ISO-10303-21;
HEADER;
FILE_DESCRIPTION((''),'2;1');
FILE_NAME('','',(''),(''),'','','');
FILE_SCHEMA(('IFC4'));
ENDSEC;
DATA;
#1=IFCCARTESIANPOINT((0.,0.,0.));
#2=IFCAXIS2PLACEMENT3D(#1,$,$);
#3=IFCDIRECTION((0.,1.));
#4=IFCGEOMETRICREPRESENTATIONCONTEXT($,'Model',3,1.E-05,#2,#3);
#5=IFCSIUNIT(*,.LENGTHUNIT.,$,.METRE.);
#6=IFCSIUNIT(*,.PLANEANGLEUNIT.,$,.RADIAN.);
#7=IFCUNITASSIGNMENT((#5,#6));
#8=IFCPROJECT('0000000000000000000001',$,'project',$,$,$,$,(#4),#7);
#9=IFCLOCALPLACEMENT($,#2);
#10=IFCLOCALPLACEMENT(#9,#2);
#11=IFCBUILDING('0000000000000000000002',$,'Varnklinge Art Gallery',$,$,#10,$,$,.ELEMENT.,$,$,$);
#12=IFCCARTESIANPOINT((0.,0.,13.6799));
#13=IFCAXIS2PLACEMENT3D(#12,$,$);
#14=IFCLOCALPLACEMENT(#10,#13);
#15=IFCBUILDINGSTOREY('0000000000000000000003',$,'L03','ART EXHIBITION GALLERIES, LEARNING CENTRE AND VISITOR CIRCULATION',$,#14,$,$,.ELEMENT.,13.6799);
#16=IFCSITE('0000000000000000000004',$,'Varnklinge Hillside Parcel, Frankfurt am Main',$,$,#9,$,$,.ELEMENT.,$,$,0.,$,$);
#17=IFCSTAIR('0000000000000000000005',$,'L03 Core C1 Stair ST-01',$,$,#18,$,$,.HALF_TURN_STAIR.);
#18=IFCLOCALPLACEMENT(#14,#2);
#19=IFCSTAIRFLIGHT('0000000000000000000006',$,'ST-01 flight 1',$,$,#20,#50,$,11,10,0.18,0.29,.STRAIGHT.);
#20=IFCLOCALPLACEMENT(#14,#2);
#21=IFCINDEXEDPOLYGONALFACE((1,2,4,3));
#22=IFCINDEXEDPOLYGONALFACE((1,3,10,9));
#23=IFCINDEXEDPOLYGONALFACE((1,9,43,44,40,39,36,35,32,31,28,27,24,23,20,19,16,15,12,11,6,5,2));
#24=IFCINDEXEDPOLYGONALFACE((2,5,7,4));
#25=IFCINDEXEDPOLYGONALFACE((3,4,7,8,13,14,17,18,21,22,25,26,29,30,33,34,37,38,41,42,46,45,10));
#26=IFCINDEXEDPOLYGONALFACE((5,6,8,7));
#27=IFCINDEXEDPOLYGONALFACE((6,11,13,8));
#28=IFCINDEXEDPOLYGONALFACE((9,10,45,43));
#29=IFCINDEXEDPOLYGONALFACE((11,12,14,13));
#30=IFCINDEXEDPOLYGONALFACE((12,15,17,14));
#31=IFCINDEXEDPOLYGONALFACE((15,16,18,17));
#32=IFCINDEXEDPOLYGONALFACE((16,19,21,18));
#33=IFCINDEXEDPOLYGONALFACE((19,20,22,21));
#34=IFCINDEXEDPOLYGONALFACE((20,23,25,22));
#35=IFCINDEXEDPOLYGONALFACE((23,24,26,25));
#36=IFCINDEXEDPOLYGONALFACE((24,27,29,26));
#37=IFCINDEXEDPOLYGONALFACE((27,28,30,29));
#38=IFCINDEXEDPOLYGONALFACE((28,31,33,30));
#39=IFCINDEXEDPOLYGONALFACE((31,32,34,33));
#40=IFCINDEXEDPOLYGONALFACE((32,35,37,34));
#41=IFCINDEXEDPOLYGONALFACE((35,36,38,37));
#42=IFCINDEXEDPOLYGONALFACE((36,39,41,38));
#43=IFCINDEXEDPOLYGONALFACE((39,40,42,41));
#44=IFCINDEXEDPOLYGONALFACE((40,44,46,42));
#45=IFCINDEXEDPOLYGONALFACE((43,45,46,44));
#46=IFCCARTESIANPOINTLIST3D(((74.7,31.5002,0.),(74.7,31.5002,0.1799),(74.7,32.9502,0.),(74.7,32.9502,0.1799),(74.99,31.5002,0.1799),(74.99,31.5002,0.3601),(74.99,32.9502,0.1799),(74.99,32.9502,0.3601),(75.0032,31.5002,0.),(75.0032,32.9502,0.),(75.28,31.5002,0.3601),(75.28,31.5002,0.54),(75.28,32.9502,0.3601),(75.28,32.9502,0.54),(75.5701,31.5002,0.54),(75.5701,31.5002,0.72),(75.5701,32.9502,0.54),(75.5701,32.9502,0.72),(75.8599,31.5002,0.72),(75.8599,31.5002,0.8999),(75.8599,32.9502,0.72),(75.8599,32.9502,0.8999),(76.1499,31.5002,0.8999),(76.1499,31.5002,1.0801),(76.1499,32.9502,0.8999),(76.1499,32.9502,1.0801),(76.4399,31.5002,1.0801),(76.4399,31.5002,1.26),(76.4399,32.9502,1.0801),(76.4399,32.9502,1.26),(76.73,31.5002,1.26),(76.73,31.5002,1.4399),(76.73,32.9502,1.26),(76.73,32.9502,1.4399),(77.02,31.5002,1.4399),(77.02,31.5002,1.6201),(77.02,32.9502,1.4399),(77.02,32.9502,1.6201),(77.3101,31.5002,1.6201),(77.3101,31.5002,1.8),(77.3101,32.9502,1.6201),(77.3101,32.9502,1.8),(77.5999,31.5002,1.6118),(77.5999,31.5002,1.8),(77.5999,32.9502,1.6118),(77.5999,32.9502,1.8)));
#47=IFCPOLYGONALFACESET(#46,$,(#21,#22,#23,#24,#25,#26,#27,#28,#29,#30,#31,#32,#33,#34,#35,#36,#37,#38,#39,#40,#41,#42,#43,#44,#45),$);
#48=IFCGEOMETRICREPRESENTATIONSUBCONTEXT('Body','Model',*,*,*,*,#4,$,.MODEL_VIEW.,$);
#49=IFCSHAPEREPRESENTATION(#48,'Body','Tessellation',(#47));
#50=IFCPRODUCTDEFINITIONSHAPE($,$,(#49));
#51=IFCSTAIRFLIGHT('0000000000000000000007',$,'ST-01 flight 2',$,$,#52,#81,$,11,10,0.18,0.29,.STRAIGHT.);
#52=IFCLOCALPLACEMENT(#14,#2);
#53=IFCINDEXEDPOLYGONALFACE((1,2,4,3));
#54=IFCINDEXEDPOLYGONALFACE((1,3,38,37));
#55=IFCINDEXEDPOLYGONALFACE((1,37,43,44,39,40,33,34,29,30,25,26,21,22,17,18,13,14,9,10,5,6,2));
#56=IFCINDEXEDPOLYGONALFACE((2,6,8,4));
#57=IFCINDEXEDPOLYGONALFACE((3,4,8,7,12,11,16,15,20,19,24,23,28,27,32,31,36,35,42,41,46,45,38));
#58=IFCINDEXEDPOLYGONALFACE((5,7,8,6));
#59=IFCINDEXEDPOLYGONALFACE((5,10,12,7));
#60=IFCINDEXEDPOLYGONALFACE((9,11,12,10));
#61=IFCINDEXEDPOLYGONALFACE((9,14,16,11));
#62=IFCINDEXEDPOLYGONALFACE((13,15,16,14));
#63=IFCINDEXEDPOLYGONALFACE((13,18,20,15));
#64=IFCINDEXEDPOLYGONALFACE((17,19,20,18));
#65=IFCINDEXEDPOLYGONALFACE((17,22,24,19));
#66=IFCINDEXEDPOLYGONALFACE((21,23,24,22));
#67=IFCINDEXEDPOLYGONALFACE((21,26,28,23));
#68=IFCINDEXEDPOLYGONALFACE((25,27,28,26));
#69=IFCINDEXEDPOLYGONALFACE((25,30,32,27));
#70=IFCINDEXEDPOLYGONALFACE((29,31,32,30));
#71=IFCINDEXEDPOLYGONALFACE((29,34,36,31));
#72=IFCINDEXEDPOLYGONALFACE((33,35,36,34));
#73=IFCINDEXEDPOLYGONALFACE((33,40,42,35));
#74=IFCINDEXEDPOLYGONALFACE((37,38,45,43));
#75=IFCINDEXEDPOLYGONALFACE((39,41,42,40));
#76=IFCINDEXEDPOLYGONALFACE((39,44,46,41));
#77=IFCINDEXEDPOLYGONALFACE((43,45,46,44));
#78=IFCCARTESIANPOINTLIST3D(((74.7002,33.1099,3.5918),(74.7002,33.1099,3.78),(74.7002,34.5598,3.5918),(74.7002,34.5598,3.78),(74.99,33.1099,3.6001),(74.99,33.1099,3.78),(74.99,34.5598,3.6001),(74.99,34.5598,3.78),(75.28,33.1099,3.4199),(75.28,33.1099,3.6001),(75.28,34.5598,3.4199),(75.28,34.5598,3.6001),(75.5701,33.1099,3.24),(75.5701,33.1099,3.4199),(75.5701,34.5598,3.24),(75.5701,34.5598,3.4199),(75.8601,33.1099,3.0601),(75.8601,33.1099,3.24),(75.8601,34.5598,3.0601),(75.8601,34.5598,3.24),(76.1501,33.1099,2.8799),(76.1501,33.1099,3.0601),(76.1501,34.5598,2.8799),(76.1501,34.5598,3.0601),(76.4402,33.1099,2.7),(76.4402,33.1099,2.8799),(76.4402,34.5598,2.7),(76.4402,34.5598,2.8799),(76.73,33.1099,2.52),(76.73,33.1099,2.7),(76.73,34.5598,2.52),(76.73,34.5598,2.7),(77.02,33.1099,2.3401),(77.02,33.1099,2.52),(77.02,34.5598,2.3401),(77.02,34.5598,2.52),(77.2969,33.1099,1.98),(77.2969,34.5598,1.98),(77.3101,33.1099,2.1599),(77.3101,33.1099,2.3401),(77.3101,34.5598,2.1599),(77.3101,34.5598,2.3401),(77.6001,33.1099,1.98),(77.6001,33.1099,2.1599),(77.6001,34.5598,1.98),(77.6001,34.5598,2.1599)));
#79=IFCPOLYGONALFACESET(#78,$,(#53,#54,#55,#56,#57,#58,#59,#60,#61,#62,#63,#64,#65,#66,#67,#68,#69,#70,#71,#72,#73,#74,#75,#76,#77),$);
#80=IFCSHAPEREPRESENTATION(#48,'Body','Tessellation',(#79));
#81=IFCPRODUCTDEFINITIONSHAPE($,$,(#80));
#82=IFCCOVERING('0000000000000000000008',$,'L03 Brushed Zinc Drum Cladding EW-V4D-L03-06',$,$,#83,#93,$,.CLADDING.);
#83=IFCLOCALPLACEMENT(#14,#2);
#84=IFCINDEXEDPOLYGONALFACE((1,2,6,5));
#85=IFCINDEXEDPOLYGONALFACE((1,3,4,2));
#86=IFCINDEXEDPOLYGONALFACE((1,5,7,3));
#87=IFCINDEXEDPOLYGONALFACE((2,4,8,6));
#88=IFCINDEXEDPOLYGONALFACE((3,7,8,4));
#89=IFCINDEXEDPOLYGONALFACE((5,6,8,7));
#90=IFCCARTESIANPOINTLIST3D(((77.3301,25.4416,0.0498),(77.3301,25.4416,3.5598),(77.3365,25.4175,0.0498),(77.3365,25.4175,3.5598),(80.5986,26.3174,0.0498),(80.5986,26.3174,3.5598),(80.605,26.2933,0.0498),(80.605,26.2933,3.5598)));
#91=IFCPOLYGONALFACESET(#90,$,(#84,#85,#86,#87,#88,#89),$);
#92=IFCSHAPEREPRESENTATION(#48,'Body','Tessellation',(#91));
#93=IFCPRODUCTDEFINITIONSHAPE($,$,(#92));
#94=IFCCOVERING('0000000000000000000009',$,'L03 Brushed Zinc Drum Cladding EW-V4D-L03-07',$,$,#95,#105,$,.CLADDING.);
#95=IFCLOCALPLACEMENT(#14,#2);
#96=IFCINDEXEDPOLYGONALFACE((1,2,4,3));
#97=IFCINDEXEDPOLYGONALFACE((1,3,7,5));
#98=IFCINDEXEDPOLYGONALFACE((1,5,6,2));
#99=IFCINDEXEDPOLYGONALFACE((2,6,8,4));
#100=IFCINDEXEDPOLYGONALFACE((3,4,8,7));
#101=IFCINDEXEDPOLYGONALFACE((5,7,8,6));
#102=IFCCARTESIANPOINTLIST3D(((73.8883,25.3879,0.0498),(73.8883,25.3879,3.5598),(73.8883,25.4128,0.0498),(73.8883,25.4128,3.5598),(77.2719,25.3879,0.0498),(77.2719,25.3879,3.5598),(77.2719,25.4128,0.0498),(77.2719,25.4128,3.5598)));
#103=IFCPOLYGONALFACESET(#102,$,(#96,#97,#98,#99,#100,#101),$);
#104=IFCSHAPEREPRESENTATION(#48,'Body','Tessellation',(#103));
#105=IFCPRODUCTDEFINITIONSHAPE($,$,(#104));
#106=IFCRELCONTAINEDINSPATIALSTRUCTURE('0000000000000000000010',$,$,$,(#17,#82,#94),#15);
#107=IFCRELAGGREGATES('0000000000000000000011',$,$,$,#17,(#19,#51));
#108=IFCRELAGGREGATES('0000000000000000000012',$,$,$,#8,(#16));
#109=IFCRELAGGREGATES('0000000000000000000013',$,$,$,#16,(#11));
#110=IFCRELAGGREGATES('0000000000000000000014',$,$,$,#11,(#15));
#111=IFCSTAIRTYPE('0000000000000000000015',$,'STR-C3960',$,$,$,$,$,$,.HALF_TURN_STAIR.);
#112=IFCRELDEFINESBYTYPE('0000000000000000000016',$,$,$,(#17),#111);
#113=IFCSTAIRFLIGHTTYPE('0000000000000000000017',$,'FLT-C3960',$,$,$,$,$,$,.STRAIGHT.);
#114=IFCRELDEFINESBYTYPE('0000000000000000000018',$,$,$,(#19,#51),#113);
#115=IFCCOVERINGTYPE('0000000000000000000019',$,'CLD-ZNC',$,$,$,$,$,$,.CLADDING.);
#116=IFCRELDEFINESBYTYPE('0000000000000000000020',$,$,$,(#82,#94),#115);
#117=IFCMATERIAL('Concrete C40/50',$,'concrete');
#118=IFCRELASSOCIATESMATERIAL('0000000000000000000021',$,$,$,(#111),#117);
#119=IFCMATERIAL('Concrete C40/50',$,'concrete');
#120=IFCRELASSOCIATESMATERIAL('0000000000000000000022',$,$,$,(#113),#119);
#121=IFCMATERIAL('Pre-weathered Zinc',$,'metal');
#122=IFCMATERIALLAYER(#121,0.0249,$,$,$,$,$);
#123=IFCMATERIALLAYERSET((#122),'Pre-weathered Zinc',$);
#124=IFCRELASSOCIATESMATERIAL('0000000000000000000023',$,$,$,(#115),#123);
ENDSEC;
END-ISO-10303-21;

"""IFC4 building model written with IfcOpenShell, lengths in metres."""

from ifc_helpers import new_model, si_unit, direction, frame, origin, origin_2d, place, context, subcontext, project, spatial, polyline, rectangle, outline, extrude, material, layer, layer_set, type_object, element, aggregate, save


model = new_model("IFC4")

# Units and contexts
model_context = context("Model", 3, precision=1e-05, world=origin(), true_north=direction((0.0, 1.0)))
body_context = subcontext(model_context, "Body", "Model", "MODEL_VIEW")
ifc_project = project(units=[si_unit("LENGTHUNIT", "METRE"), si_unit("PLANEANGLEUNIT", "RADIAN")], contexts=[model_context])

# Site, building, storey
site_placement = place(None, origin())
site = spatial("IfcSite", under=ifc_project, at=site_placement, Name="Varnklinge Hillside Parcel, Frankfurt am Main", CompositionType="ELEMENT", RefElevation=0.0)
building_placement = place(site_placement, origin())
building = spatial("IfcBuilding", under=site, at=building_placement, Name="Varnklinge Art Gallery", CompositionType="ELEMENT")
storey_placement = place(building_placement, frame((0.0, 0.0, 13.6799)))
storey = spatial("IfcBuildingStorey", under=building, at=storey_placement, Name="L03", Description="ART EXHIBITION GALLERIES, LEARNING CENTRE AND VISITOR CIRCULATION", CompositionType="ELEMENT", Elevation=13.6799)

# Stair, stair flights
ifc_material_1 = material(Name="Concrete C40/50", Category="concrete")
stair_type = type_object("IfcStairType", Name="STR-C3960", PredefinedType="HALF_TURN_STAIR", material=ifc_material_1)
stair_placement = place(storey_placement, origin())
stair = element("IfcStair", 1, at=stair_placement, inside=storey, type_object=stair_type, Name="L03 Core C1 Stair ST-01", PredefinedType="HALF_TURN_STAIR")
ifc_material_2 = material(Name="Concrete C40/50", Category="concrete")
stair_flight_type = type_object("IfcStairFlightType", Name="FLT-C3960", PredefinedType="STRAIGHT", material=ifc_material_2)
stair_flight_1_placement = place(storey_placement, frame((74.7, 32.2251, 0.0), z_axis=(0.0, 0.0, 1.0), x_axis=(1.0, 0.0, 0.0)))
stair_flight_1 = element("IfcStairFlight", 2, at=stair_flight_1_placement, type_object=stair_flight_type, Name="ST-01 flight 1", NumberOfRisers=11, NumberOfTreads=10, PredefinedType="STRAIGHT", RiserHeight=0.18, TreadLength=0.29, context=body_context, shape_type="SweptSolid", body=[
    extrude(outline(polyline([(0.0, 0.0), (0.0, 0.1799), (0.29, 0.1799), (0.29, 0.3601), (0.5801, 0.3601), (0.5801, 0.54), (0.8701, 0.54), (0.8701, 0.72), (1.1599, 0.72), (1.1599, 0.8999), (1.45, 0.8999), (1.45, 1.0801), (1.74, 1.0801), (1.74, 1.26), (2.03, 1.26), (2.03, 1.4399), (2.3201, 1.4399), (2.3201, 1.6201), (2.6101, 1.6201), (2.6101, 1.8), (2.8999, 1.8), (2.8999, 1.98), (2.8999, 1.6118), (0.3032, 0.0), (0.0, 0.0)])), frame((0.0, 0.7251, 0.0), z_axis=(0.0, -1.0, 0.0), x_axis=(1.0, 0.0, 0.0)), (0.0, 0.0, 1.0), 1.45),
])
stair_flight_2_placement = place(storey_placement, frame((77.6001, 33.835, 1.98), z_axis=(0.0, 0.0, 1.0), x_axis=(-1.0, 0.0, 0.0)))
stair_flight_2 = element("IfcStairFlight", 3, at=stair_flight_2_placement, type_object=stair_flight_type, Name="ST-01 flight 2", NumberOfRisers=11, NumberOfTreads=10, PredefinedType="STRAIGHT", RiserHeight=0.18, TreadLength=0.29, context=body_context, shape_type="SweptSolid", body=[
    extrude(outline(polyline([(0.0, 0.0), (0.0, 0.1799), (0.29, 0.1799), (0.29, 0.3601), (0.5801, 0.3601), (0.5801, 0.54), (0.8701, 0.54), (0.8701, 0.72), (1.1599, 0.72), (1.1599, 0.8999), (1.45, 0.8999), (1.45, 1.0801), (1.74, 1.0801), (1.74, 1.26), (2.03, 1.26), (2.03, 1.4399), (2.3201, 1.4399), (2.3201, 1.6201), (2.6101, 1.6201), (2.6101, 1.8), (2.8999, 1.8), (2.8999, 1.98), (2.8999, 1.6118), (0.3032, 0.0), (0.0, 0.0)])), frame((0.0, 0.7251, 0.0), z_axis=(0.0, -1.0, 0.0), x_axis=(1.0, 0.0, 0.0)), (0.0, 0.0, 1.0), 1.45),
])
aggregate(stair, [stair_flight_1, stair_flight_2])

# Coverings
ifc_material_3 = material(Name="Pre-weathered Zinc", Category="metal")
ifc_layer_1 = layer(ifc_material_3, 0.0249)
ifc_layer_set_1 = layer_set([ifc_layer_1], Name="Pre-weathered Zinc")
covering_type = type_object("IfcCoveringType", Name="CLD-ZNC", PredefinedType="CLADDING", material=ifc_layer_set_1)
covering_1_placement = place(storey_placement, frame((78.9675, 25.8674, 0.0498), z_axis=(0.0, 0.0, 1.0), x_axis=(-0.965926, -0.258819, 0.0)))
element("IfcCovering", 4, at=covering_1_placement, inside=storey, type_object=covering_type, Name="L03 Brushed Zinc Drum Cladding EW-V4D-L03-06", PredefinedType="CLADDING", context=body_context, shape_type="SweptSolid", body=[
    extrude(rectangle(XDim=3.3838, YDim=0.0249, at=origin_2d()), origin(), (0.0, 0.0, 1.0), 3.51),
])
covering_2_placement = place(storey_placement, frame((75.5801, 25.4004, 0.0498), z_axis=(0.0, 0.0, 1.0), x_axis=(-1.0, 0.0, 0.0)))
element("IfcCovering", 5, at=covering_2_placement, inside=storey, type_object=covering_type, Name="L03 Brushed Zinc Drum Cladding EW-V4D-L03-07", PredefinedType="CLADDING", context=body_context, shape_type="SweptSolid", body=[
    extrude(rectangle(XDim=3.3835, YDim=0.0249, at=origin_2d()), origin(), (0.0, 0.0, 1.0), 3.51),
])

save(model, "model.ifc")
